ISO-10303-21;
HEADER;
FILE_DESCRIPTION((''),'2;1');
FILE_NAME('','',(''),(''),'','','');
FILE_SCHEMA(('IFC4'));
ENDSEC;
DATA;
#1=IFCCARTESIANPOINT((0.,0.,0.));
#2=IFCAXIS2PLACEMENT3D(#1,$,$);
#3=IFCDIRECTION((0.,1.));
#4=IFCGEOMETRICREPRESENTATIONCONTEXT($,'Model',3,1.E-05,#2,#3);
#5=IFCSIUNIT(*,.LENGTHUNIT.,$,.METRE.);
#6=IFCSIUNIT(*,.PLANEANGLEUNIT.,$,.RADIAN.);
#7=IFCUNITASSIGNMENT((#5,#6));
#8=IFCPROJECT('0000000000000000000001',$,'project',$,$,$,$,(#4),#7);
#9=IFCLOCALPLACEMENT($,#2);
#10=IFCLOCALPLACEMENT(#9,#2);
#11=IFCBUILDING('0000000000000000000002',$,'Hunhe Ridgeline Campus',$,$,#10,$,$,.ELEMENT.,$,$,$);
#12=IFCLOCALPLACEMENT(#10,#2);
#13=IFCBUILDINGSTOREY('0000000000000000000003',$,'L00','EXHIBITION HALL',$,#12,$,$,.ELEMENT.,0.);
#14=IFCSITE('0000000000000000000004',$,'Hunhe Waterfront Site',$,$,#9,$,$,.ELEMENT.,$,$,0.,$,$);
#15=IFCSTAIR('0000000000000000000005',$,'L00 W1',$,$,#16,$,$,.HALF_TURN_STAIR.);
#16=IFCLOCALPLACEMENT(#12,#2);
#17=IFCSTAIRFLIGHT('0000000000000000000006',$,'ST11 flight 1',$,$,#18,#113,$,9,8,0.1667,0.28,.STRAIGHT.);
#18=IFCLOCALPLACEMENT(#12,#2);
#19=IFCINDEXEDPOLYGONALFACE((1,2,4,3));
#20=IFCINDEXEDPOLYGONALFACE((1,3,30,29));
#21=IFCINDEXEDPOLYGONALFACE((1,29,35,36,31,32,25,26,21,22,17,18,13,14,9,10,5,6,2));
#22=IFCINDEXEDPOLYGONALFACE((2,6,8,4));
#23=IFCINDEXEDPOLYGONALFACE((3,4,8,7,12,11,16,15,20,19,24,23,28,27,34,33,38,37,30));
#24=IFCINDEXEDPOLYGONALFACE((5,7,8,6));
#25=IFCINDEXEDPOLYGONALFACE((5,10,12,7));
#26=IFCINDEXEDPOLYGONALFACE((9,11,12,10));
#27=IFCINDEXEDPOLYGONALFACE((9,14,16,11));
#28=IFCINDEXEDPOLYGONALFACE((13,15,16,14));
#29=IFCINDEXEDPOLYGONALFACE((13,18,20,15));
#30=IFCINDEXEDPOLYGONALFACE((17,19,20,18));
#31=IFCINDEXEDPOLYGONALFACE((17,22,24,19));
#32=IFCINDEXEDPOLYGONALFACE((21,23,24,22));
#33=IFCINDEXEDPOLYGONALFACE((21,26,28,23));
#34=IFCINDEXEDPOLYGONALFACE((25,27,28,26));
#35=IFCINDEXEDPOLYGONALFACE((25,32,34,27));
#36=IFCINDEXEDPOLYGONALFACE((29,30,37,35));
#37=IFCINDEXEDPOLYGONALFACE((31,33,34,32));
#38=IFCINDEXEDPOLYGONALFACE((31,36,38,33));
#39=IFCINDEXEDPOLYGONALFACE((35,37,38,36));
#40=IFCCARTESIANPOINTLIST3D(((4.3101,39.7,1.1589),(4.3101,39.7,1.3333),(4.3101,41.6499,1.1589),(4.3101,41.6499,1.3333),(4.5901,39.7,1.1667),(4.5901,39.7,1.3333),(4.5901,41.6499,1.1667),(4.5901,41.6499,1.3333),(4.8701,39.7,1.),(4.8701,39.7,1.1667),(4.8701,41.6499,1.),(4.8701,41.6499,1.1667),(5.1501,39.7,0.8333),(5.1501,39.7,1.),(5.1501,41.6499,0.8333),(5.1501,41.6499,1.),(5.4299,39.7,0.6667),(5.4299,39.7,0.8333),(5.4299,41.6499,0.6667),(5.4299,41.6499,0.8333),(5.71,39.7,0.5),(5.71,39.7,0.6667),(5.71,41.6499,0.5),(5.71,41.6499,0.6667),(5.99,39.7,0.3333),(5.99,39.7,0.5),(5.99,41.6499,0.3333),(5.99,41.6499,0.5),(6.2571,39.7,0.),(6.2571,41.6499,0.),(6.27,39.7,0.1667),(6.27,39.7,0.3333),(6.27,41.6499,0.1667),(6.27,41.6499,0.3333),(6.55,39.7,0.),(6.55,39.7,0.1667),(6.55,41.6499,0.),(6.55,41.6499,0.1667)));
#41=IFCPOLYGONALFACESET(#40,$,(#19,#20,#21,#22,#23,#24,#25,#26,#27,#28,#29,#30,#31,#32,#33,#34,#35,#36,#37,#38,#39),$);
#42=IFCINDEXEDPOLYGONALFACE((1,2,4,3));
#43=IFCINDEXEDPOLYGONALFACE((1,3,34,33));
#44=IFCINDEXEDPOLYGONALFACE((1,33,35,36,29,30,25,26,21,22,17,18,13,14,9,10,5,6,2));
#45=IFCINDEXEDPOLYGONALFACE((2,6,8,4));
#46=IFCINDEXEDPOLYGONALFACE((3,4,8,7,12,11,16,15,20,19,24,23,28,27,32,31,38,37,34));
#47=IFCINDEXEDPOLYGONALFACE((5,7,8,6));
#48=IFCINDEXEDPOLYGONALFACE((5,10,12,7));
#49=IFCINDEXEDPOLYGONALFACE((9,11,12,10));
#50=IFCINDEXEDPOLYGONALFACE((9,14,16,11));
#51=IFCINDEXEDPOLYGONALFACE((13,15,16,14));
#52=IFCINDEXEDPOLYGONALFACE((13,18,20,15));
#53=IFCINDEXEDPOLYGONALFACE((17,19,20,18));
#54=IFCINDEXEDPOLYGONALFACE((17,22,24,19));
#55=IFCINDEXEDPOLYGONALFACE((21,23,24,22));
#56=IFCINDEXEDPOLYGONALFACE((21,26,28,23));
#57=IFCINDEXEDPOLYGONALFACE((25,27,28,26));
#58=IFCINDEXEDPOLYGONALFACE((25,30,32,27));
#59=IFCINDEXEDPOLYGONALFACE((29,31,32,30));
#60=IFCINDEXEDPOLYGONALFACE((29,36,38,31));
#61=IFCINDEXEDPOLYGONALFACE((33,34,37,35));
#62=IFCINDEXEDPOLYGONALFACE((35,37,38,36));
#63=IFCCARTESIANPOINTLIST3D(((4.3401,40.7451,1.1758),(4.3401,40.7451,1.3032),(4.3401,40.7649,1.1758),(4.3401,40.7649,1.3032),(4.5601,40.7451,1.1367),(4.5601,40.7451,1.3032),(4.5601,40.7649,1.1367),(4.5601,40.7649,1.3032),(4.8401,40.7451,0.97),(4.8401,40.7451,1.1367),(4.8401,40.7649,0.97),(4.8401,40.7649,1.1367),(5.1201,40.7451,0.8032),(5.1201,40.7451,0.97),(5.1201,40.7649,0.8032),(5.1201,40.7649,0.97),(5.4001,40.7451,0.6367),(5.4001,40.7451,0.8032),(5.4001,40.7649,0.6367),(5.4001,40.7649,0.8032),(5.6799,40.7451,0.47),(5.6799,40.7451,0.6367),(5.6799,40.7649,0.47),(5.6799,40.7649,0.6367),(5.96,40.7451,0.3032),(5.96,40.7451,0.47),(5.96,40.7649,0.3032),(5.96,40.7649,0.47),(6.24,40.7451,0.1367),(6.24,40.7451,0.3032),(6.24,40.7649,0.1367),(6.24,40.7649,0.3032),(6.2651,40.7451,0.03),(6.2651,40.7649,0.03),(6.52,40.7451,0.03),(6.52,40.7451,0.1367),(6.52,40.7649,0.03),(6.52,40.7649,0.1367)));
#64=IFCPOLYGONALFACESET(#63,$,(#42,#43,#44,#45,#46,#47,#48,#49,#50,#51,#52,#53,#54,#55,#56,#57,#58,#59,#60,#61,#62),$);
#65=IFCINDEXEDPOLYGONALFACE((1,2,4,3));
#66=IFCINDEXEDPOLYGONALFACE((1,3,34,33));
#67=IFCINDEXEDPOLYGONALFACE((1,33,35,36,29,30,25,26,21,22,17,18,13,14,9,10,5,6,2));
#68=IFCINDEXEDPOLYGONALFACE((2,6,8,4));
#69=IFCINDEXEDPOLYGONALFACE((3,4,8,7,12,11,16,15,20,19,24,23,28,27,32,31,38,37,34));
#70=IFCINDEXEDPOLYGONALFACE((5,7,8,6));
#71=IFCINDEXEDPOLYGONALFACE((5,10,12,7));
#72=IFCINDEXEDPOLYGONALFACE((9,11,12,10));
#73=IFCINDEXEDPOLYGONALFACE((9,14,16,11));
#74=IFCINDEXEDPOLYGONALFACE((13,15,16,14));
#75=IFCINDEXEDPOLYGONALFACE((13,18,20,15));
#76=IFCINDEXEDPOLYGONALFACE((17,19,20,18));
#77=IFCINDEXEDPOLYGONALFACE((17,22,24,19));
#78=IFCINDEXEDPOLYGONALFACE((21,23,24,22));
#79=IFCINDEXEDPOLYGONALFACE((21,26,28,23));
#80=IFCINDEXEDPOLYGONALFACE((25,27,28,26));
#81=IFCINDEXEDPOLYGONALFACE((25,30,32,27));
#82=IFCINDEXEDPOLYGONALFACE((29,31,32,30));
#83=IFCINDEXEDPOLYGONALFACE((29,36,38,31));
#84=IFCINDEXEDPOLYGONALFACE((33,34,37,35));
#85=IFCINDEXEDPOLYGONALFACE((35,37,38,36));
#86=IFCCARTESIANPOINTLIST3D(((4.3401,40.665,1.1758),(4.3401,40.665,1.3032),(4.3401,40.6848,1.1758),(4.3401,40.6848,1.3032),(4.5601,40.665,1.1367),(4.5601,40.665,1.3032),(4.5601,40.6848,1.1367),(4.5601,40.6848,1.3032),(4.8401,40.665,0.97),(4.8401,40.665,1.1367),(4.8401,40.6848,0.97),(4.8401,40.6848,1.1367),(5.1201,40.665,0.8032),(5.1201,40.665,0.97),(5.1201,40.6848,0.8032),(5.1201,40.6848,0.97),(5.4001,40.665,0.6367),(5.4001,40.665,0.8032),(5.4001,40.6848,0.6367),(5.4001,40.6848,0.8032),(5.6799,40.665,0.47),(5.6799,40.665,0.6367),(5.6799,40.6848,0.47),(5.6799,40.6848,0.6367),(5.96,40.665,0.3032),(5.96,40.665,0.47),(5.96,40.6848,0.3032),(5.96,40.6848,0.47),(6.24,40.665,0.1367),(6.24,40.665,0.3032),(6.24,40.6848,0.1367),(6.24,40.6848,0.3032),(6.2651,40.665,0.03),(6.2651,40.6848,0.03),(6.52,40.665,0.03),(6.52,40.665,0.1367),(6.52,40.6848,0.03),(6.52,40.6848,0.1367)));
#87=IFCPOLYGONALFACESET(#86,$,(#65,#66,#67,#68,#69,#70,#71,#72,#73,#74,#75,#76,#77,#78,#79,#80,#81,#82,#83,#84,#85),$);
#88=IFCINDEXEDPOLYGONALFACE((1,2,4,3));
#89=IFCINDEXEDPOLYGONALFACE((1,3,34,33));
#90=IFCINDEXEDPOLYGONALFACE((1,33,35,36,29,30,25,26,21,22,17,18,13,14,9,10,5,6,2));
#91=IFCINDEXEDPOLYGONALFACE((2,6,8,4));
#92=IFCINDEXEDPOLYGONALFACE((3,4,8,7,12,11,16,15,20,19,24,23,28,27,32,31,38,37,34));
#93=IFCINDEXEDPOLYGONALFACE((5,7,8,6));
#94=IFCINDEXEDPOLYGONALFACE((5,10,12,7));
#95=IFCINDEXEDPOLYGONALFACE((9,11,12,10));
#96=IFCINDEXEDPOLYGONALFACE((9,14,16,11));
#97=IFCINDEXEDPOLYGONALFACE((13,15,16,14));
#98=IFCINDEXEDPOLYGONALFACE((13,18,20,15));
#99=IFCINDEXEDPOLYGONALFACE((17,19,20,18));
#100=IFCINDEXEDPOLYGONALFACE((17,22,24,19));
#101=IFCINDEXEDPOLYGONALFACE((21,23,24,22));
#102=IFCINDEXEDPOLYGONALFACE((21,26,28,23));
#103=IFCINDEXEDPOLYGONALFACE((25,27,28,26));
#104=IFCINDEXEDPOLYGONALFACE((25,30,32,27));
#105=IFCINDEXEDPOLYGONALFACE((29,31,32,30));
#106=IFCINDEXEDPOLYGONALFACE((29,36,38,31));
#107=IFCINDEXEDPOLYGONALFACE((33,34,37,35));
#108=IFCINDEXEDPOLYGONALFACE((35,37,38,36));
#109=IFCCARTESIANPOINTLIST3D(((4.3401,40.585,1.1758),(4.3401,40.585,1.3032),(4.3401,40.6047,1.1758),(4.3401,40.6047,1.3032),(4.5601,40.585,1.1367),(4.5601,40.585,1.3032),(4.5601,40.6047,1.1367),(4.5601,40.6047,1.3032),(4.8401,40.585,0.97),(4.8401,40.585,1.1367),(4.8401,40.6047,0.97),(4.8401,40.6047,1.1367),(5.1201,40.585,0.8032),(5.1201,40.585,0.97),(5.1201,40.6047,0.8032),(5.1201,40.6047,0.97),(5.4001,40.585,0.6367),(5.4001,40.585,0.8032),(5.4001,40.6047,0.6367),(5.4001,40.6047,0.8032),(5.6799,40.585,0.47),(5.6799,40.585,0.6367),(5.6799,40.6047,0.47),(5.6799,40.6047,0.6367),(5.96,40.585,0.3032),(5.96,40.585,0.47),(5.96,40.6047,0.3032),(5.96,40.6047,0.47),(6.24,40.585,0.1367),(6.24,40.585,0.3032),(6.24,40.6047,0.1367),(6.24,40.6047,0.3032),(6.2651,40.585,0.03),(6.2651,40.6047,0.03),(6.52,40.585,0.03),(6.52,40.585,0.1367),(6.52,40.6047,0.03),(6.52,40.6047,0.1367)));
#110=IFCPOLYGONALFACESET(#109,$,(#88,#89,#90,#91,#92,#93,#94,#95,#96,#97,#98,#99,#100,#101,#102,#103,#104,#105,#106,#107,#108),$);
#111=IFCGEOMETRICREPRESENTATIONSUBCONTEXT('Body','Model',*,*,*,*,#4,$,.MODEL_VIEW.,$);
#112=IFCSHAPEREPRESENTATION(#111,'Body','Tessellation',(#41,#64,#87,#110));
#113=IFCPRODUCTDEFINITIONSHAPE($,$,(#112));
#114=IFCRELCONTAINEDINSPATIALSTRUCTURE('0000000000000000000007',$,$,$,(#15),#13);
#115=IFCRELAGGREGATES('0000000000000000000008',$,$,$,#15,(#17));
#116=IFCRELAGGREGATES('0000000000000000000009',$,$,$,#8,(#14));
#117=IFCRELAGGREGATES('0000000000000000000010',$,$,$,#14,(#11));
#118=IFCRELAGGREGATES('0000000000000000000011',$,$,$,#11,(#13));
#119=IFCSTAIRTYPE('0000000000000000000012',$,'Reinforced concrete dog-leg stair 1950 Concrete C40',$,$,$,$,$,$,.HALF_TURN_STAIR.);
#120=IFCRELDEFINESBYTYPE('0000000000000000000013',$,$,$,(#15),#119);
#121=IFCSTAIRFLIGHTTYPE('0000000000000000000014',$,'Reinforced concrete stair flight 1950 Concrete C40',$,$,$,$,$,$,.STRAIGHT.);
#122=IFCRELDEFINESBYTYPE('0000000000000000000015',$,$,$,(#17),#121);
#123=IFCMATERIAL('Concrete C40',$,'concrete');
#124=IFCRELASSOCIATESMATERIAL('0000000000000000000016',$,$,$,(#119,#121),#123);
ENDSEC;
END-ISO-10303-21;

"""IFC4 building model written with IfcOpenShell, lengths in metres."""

from ifc_helpers import new_model, si_unit, direction, frame, origin, place, context, subcontext, project, spatial, polyline, outline, extrude, material, type_object, element, aggregate, save


model = new_model("IFC4")

# Units and contexts
model_context = context("Model", 3, precision=1e-05, world=origin(), true_north=direction((0.0, 1.0)))
body_context = subcontext(model_context, "Body", "Model", "MODEL_VIEW")
ifc_project = project(units=[si_unit("LENGTHUNIT", "METRE"), si_unit("PLANEANGLEUNIT", "RADIAN")], contexts=[model_context])

# Site, building, storey
site_placement = place(None, origin())
site = spatial("IfcSite", under=ifc_project, at=site_placement, Name="Hunhe Waterfront Site", CompositionType="ELEMENT", RefElevation=0.0)
building_placement = place(site_placement, origin())
building = spatial("IfcBuilding", under=site, at=building_placement, Name="Hunhe Ridgeline Campus", CompositionType="ELEMENT")
storey_placement = place(building_placement, origin())
storey = spatial("IfcBuildingStorey", under=building, at=storey_placement, Name="L00", Description="EXHIBITION HALL", CompositionType="ELEMENT", Elevation=0.0)

# Stair, stair flight
ifc_material_1 = material(Name="Concrete C40", Category="concrete")
stair_type = type_object("IfcStairType", Name="Reinforced concrete dog-leg stair 1950 Concrete C40", PredefinedType="HALF_TURN_STAIR", material=ifc_material_1)
stair_1_placement = place(storey_placement, origin())
stair_1 = element("IfcStair", 1, at=stair_1_placement, inside=storey, type_object=stair_type, Name="L00 W1", PredefinedType="HALF_TURN_STAIR")
stair_flight_type = type_object("IfcStairFlightType", Name="Reinforced concrete stair flight 1950 Concrete C40", PredefinedType="STRAIGHT", material=ifc_material_1)
stair_flight_1_placement = place(storey_placement, frame((6.55, 40.675, 0.0), z_axis=(0.0, 0.0, 1.0), x_axis=(-1.0, 0.0, 0.0)))
stair_flight_1 = element("IfcStairFlight", 2, at=stair_flight_1_placement, type_object=stair_flight_type, Name="ST11 flight 1", NumberOfRisers=9, NumberOfTreads=8, PredefinedType="STRAIGHT", RiserHeight=0.1667, TreadLength=0.28, context=body_context, shape_type="SweptSolid", body=[
    extrude(outline(polyline([(0.0, 0.0), (0.0, 0.1667), (0.28, 0.1667), (0.28, 0.3333), (0.5601, 0.3333), (0.5601, 0.5), (0.8401, 0.5), (0.8401, 0.6667), (1.1201, 0.6667), (1.1201, 0.8333), (1.3999, 0.8333), (1.3999, 1.0), (1.6799, 1.0), (1.6799, 1.1667), (1.96, 1.1667), (1.96, 1.3333), (2.24, 1.3333), (2.24, 1.5), (2.24, 1.1589), (0.293, 0.0), (0.0, 0.0)])), frame((0.0, 0.9751, 0.0), z_axis=(0.0, -1.0, 0.0), x_axis=(1.0, 0.0, 0.0)), (0.0, 0.0, 1.0), 1.95),
    extrude(outline(polyline([(0.03, 0.03), (0.03, 0.1367), (0.3101, 0.1367), (0.3101, 0.3032), (0.5901, 0.3032), (0.5901, 0.47), (0.8701, 0.47), (0.8701, 0.6367), (1.1499, 0.6367), (1.1499, 0.8032), (1.4299, 0.8032), (1.4299, 0.97), (1.71, 0.97), (1.71, 1.1367), (1.99, 1.1367), (1.99, 1.3032), (2.21, 1.3032), (2.21, 1.1758), (0.2849, 0.03), (0.03, 0.03)])), frame((0.0, -0.0701, 0.0), z_axis=(0.0, -1.0, 0.0), x_axis=(1.0, 0.0, 0.0)), (0.0, 0.0, 1.0), 0.0198),
    extrude(outline(polyline([(0.03, 0.03), (0.03, 0.1367), (0.3101, 0.1367), (0.3101, 0.3032), (0.5901, 0.3032), (0.5901, 0.47), (0.8701, 0.47), (0.8701, 0.6367), (1.1499, 0.6367), (1.1499, 0.8032), (1.4299, 0.8032), (1.4299, 0.97), (1.71, 0.97), (1.71, 1.1367), (1.99, 1.1367), (1.99, 1.3032), (2.21, 1.3032), (2.21, 1.1758), (0.2849, 0.03), (0.03, 0.03)])), frame((0.0, 0.01, 0.0), z_axis=(0.0, -1.0, 0.0), x_axis=(1.0, 0.0, 0.0)), (0.0, 0.0, 1.0), 0.0198),
    extrude(outline(polyline([(0.03, 0.03), (0.03, 0.1367), (0.3101, 0.1367), (0.3101, 0.3032), (0.5901, 0.3032), (0.5901, 0.47), (0.8701, 0.47), (0.8701, 0.6367), (1.1499, 0.6367), (1.1499, 0.8032), (1.4299, 0.8032), (1.4299, 0.97), (1.71, 0.97), (1.71, 1.1367), (1.99, 1.1367), (1.99, 1.3032), (2.21, 1.3032), (2.21, 1.1758), (0.2849, 0.03), (0.03, 0.03)])), frame((0.0, 0.0901, 0.0), z_axis=(0.0, -1.0, 0.0), x_axis=(1.0, 0.0, 0.0)), (0.0, 0.0, 1.0), 0.0198),
])
aggregate(stair_1, [stair_flight_1])

save(model, "model.ifc")
